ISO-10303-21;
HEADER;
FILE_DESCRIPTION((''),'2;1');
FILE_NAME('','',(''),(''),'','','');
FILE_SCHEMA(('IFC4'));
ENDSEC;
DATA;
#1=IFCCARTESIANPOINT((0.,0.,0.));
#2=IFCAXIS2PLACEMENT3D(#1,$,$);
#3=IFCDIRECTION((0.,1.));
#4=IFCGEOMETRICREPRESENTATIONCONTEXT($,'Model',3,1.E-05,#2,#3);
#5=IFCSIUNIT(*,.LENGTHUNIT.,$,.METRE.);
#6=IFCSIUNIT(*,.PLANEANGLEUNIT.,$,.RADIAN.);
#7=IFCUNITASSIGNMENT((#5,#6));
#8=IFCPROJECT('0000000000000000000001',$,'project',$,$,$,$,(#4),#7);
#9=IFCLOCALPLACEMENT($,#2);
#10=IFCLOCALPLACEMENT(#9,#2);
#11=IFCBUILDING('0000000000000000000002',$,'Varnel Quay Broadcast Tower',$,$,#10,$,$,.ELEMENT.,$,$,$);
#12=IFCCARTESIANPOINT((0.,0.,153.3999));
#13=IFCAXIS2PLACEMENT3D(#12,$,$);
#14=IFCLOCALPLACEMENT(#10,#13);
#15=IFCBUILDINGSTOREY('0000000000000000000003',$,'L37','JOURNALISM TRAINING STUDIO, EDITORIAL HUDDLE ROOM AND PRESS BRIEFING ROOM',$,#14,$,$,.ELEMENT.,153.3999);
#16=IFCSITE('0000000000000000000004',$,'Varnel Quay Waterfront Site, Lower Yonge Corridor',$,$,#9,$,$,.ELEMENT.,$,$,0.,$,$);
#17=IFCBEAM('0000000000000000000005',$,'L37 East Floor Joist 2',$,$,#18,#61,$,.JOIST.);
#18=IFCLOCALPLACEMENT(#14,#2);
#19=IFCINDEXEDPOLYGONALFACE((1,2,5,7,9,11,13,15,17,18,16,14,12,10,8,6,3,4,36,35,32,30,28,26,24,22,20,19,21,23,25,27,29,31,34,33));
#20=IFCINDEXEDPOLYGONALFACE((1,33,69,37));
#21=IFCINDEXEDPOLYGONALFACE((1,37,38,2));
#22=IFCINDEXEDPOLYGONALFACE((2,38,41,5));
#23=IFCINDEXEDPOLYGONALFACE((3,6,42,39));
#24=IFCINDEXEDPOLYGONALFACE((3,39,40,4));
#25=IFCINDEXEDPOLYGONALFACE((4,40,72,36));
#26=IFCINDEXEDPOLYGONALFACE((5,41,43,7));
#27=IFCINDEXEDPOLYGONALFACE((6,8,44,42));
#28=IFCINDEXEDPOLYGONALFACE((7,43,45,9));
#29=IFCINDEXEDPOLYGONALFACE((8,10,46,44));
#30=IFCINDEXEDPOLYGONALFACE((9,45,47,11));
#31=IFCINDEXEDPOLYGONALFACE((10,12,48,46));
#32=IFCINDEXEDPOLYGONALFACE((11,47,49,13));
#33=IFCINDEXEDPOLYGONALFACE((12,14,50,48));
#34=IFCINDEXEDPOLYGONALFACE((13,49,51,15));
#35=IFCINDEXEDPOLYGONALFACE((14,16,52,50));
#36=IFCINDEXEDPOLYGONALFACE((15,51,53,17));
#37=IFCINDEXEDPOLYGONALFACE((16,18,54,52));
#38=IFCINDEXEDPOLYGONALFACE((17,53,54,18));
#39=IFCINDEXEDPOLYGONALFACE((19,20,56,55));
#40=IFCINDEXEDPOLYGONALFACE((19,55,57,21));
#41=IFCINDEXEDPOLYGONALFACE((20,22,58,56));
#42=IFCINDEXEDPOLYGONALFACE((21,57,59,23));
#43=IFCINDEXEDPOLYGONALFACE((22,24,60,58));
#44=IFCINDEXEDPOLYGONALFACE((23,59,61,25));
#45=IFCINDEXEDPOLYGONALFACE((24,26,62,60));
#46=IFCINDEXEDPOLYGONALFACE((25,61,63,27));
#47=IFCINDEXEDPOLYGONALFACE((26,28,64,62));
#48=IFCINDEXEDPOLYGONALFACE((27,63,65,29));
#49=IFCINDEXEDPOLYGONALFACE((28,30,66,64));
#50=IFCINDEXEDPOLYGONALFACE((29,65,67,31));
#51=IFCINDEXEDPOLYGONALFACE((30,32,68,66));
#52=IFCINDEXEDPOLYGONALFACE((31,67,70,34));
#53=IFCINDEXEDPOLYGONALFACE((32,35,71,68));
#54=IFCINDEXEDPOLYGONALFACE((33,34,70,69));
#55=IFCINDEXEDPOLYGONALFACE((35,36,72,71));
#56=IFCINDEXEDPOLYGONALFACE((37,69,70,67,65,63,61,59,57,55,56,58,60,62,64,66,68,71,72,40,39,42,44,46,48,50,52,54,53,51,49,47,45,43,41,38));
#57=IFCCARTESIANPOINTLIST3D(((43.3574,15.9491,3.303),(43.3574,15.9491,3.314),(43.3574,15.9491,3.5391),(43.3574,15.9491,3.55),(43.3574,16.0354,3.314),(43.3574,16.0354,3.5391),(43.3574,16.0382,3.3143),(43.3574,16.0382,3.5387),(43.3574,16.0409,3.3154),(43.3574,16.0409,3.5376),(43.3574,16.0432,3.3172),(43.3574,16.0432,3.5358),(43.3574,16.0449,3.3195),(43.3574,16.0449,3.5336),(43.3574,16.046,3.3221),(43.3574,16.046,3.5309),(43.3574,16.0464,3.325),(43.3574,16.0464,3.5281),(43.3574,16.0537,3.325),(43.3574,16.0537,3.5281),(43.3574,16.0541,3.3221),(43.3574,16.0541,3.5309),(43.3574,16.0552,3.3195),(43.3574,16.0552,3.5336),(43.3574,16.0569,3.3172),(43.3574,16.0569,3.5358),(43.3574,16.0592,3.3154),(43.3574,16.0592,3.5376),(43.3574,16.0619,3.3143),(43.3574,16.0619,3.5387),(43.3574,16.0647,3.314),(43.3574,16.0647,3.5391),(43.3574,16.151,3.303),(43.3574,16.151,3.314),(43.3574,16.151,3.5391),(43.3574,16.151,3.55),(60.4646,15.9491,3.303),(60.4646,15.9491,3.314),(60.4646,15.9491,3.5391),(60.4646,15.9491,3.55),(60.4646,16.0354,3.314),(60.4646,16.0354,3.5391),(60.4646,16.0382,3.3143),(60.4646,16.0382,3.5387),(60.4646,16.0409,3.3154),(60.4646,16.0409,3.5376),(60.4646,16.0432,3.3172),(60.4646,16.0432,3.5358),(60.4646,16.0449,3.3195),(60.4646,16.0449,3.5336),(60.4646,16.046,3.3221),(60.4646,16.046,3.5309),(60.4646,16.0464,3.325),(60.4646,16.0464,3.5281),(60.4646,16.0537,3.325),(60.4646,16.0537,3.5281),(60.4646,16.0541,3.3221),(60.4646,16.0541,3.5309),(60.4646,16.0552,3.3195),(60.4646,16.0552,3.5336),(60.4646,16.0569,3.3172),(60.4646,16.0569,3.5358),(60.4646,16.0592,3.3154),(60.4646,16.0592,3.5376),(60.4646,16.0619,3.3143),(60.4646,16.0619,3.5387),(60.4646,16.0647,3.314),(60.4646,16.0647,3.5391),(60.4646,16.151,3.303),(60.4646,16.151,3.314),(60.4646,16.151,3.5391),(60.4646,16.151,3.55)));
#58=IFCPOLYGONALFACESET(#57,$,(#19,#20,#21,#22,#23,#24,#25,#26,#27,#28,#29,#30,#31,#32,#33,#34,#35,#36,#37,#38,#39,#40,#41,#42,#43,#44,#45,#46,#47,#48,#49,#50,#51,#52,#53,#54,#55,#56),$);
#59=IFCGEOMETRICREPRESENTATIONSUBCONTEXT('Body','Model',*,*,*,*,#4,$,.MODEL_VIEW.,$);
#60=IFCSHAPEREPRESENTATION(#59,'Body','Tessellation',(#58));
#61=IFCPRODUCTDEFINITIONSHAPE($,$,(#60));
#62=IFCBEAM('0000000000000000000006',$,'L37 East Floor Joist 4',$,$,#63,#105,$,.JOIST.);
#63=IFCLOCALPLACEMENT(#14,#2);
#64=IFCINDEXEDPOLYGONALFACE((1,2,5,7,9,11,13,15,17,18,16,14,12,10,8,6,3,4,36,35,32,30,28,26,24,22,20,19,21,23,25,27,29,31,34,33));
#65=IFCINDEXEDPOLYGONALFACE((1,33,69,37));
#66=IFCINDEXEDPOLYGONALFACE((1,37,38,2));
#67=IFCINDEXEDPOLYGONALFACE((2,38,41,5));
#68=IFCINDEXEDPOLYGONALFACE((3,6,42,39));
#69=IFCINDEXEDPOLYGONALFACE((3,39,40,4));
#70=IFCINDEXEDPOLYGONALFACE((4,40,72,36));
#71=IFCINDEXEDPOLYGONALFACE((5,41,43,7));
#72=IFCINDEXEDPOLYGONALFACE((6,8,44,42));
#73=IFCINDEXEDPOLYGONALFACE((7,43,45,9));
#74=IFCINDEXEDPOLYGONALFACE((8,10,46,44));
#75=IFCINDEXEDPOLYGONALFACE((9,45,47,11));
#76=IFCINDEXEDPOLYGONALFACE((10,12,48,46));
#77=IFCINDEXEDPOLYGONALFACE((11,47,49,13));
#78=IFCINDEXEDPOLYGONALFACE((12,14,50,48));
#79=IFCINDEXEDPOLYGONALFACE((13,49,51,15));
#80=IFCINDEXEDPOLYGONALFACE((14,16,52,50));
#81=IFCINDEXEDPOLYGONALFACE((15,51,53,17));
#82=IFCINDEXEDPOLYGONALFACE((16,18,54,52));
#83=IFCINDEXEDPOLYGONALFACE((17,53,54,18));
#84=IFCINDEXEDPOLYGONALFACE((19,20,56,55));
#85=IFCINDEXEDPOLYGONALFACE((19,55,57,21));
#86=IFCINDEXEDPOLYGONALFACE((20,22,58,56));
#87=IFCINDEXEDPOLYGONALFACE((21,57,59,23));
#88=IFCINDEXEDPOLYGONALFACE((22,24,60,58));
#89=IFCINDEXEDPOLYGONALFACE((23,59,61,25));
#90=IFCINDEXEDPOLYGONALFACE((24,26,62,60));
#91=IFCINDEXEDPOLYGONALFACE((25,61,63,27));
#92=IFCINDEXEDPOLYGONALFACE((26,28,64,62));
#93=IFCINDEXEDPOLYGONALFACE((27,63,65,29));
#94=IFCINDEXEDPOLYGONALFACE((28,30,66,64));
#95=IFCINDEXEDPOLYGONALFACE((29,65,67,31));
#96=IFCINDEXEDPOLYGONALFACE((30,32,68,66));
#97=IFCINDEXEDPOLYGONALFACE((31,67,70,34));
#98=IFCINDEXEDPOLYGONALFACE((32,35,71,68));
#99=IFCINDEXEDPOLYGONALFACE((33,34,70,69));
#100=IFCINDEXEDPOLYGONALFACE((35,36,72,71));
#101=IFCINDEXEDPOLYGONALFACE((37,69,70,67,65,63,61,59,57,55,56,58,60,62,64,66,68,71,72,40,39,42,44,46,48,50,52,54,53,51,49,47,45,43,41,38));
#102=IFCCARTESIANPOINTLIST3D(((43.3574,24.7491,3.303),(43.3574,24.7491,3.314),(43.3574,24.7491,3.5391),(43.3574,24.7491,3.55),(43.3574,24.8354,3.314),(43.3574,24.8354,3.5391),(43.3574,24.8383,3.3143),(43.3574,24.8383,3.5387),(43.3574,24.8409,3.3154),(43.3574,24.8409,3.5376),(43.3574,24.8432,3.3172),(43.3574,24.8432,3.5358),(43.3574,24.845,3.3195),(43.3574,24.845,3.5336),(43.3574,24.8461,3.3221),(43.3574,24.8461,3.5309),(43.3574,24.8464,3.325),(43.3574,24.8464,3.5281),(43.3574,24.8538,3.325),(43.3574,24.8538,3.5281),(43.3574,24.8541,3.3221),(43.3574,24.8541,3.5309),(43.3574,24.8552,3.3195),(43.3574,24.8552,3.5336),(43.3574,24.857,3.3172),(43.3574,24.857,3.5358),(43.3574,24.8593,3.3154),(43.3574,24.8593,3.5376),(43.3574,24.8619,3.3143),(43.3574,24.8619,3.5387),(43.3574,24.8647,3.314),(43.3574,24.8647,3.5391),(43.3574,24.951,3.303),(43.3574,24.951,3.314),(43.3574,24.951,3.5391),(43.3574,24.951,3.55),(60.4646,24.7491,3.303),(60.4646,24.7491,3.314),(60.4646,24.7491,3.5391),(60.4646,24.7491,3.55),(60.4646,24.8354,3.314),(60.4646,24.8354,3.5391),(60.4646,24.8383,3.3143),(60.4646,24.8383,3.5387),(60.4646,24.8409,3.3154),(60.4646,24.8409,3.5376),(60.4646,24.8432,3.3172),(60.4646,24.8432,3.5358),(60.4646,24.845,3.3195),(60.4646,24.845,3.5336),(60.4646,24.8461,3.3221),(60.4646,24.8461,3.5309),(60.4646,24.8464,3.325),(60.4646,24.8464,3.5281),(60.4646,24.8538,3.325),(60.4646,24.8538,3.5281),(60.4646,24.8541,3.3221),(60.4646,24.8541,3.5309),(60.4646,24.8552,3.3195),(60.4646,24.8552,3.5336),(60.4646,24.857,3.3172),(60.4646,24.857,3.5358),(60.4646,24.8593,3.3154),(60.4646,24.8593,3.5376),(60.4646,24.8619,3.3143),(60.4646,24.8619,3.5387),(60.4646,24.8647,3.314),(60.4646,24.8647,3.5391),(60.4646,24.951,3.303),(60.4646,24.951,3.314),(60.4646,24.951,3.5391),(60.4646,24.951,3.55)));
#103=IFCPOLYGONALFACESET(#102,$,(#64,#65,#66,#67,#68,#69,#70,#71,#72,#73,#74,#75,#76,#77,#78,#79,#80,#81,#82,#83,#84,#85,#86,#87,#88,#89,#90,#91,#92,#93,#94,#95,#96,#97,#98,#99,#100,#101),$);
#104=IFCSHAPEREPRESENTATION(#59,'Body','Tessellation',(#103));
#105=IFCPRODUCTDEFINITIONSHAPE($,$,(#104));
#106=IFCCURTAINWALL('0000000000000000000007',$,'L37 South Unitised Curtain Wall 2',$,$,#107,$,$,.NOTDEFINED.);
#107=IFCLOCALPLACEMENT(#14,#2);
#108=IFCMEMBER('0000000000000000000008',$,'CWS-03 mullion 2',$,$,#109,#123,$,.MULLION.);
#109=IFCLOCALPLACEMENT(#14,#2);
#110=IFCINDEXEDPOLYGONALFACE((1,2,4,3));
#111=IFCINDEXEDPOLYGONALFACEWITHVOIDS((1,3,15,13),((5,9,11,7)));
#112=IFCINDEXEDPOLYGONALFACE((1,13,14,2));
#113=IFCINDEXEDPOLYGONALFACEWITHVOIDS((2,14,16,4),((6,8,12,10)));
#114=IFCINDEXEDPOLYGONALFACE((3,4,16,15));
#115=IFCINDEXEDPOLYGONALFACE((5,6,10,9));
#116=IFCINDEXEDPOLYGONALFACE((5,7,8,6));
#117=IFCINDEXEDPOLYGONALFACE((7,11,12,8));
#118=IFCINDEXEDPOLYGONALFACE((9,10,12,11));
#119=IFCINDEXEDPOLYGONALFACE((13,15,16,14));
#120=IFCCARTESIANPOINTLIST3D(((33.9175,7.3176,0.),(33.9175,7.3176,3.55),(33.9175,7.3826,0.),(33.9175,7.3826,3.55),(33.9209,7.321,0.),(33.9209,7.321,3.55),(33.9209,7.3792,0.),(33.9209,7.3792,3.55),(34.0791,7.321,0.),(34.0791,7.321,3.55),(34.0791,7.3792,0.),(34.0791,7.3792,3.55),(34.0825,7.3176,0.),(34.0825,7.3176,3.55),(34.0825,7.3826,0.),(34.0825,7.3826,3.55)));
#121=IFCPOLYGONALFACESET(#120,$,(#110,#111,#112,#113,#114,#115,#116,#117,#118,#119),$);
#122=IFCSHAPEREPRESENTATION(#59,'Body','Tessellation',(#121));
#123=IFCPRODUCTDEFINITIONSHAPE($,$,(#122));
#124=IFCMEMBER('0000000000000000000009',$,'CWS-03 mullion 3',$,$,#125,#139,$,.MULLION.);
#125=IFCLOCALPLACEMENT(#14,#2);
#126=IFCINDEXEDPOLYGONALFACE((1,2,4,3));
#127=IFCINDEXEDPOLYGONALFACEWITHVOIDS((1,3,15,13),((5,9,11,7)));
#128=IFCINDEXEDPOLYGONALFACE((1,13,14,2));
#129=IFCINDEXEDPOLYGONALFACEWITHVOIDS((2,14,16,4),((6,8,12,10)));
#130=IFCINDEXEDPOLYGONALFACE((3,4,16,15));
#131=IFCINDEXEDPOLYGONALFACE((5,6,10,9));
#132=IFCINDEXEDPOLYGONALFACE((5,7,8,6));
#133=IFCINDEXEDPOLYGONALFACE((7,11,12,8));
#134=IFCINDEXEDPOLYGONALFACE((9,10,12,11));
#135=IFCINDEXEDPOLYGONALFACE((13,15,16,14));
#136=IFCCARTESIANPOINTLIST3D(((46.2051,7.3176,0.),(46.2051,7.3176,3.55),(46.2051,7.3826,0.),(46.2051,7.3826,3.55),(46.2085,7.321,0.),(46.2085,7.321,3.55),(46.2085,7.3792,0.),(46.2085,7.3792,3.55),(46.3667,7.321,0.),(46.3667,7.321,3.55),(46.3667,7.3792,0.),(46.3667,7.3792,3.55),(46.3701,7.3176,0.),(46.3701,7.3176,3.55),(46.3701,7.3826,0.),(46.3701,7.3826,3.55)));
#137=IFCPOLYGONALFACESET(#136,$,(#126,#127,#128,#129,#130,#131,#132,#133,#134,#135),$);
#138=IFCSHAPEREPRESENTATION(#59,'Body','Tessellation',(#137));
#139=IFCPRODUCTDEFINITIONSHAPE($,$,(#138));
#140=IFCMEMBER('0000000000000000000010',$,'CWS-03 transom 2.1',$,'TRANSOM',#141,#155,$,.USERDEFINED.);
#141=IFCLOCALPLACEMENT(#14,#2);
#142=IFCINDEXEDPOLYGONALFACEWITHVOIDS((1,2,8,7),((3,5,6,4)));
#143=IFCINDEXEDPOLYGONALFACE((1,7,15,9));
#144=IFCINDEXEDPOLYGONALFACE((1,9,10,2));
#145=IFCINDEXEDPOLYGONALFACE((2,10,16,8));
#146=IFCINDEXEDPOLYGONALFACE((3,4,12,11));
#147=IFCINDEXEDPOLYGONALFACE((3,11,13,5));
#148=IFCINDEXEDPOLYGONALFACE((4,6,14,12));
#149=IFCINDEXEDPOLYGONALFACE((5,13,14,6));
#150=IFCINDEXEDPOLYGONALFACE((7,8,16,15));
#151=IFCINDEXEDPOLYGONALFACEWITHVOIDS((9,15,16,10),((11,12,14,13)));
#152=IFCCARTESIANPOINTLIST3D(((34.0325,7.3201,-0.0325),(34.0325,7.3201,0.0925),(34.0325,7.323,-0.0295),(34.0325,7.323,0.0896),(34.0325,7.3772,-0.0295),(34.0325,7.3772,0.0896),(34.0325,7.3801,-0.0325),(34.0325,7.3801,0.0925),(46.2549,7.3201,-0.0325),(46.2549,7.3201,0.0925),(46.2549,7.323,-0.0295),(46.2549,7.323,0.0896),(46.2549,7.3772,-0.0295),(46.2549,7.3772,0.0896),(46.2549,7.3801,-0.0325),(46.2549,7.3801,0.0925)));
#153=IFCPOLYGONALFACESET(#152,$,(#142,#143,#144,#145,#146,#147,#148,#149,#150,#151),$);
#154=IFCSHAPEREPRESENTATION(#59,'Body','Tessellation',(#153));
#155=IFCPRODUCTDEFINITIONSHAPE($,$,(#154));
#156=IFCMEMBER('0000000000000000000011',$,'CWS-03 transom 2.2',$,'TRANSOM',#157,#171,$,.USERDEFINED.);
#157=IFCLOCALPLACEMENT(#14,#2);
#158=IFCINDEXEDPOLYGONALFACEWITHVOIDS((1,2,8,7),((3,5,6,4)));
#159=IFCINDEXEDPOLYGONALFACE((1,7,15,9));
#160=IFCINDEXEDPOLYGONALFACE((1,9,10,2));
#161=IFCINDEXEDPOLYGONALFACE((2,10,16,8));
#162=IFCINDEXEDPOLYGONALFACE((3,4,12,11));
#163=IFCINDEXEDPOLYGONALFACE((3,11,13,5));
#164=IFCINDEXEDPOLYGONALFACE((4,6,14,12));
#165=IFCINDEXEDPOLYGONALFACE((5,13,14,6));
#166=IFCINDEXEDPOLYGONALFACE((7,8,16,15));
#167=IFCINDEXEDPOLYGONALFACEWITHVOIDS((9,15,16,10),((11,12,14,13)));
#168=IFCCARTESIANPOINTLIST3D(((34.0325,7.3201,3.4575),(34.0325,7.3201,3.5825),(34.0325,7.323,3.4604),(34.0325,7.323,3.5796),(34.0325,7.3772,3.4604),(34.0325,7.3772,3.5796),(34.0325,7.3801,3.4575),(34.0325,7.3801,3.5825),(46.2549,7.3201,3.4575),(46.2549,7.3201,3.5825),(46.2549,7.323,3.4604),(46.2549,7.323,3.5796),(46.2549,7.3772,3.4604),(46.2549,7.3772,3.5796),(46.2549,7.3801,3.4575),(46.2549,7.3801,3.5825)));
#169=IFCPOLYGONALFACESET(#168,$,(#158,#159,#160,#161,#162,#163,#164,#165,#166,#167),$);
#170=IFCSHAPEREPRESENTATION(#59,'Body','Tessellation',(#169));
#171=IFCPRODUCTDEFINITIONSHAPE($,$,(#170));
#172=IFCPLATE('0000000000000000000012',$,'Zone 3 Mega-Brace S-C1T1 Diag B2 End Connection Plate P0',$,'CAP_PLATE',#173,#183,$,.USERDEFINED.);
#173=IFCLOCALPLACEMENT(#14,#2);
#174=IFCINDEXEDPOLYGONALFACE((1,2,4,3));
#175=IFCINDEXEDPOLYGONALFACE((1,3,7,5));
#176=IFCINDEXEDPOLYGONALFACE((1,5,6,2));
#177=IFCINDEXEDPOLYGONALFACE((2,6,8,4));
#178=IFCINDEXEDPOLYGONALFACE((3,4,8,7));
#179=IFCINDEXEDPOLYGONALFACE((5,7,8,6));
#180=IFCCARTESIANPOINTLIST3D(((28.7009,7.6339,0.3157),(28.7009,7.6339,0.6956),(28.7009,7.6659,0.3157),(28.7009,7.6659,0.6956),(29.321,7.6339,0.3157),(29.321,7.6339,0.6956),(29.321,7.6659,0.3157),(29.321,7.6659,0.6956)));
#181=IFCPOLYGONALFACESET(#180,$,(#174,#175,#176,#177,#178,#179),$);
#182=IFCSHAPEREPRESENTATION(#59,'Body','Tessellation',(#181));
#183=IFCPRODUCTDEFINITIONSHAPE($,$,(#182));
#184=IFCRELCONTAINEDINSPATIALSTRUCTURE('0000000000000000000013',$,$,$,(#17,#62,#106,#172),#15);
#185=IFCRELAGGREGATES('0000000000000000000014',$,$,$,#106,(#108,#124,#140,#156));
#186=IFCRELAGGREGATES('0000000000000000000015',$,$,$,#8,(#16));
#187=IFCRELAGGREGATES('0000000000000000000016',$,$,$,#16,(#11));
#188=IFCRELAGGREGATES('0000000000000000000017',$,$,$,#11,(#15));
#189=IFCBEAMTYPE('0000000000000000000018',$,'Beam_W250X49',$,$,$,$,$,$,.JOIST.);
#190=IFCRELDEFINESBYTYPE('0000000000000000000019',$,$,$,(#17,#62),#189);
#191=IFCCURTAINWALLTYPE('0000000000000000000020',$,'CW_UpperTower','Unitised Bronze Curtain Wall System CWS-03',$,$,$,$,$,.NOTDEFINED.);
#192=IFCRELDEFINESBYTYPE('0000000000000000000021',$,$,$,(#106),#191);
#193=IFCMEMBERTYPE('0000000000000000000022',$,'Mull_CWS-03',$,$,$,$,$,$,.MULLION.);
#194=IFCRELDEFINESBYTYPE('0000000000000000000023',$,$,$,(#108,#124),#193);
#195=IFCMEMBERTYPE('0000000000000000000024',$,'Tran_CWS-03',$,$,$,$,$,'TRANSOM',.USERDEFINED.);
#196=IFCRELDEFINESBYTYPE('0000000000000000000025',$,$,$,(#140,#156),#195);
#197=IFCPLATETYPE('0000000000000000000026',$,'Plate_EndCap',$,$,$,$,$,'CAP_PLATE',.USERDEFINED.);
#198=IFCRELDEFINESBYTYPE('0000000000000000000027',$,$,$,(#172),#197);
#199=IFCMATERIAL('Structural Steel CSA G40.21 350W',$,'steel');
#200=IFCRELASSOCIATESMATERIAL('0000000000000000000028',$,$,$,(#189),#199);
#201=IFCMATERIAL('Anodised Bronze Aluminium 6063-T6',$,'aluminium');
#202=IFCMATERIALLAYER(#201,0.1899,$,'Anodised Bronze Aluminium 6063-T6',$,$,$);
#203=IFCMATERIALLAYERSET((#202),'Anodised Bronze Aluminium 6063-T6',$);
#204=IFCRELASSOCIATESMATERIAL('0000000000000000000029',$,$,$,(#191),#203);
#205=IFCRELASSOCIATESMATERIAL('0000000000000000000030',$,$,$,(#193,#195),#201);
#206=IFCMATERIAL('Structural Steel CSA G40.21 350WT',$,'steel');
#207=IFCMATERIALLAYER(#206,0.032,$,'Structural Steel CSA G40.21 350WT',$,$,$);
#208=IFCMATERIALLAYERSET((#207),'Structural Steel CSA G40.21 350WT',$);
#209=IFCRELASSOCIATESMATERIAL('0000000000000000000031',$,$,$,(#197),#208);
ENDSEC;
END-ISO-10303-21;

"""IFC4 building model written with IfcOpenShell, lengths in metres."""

from ifc_helpers import new_model, si_unit, direction, frame, origin, origin_2d, place, context, subcontext, project, spatial, rectangle, hollow_rectangle, i_section, extrude, source, transform, mapped, material, layer, layer_set, material_profile, profile_set, type_object, type_shapes, element, aggregate, save


model = new_model("IFC4")

# Units and contexts
model_context = context("Model", 3, precision=1e-05, world=origin(), true_north=direction((0.0, 1.0)))
body_context = subcontext(model_context, "Body", "Model", "MODEL_VIEW")
ifc_project = project(units=[si_unit("LENGTHUNIT", "METRE"), si_unit("PLANEANGLEUNIT", "RADIAN")], contexts=[model_context])

# Site, building, storey
site_placement = place(None, origin())
site = spatial("IfcSite", under=ifc_project, at=site_placement, Name="Varnel Quay Waterfront Site, Lower Yonge Corridor", CompositionType="ELEMENT", RefElevation=0.0)
building_placement = place(site_placement, origin())
building = spatial("IfcBuilding", under=site, at=building_placement, Name="Varnel Quay Broadcast Tower", CompositionType="ELEMENT")
storey_placement = place(building_placement, frame((0.0, 0.0, 153.3999)))
storey = spatial("IfcBuildingStorey", under=building, at=storey_placement, Name="L37", Description="JOURNALISM TRAINING STUDIO, EDITORIAL HUDDLE ROOM AND PRESS BRIEFING ROOM", CompositionType="ELEMENT", Elevation=153.3999)

# Shared definitions
ifc_material_1 = material(Name="Structural Steel CSA G40.21 350W", Category="steel")

# Beams
ifc_material_profile_1 = material_profile(ifc_material_1, i_section(OverallWidth=0.2019, OverallDepth=0.2471, WebThickness=0.0073, FlangeThickness=0.011, FilletRadius=0.011, at=origin_2d()), Name="W250X49")
ifc_profile_set_1 = profile_set([ifc_material_profile_1], Name="Structural Steel CSA G40.21 350W")
beam_type_1 = type_object("IfcBeamType", Name="Beam_W250X49", PredefinedType="JOIST", material=ifc_profile_set_1)
shared_shape_1 = source(origin(), body_context, "Body", "SweptSolid", [
    extrude(i_section(OverallWidth=0.2019, OverallDepth=0.2471, WebThickness=0.0073, FlangeThickness=0.011, FilletRadius=0.011, at=origin_2d()), origin(), (0.0, 0.0, 1.0), 17.1072),
])
type_shapes(beam_type_1, [shared_shape_1])
for number, where, z_axis, x_axis, name in (
    (1, (43.3574, 16.05, 3.4265), (1.0, 0.0, 0.0), (0.0, 1.0, 0.0), "L37 East Floor Joist 2"),
    (2, (43.3574, 24.8501, 3.4265), (1.0, 0.0, 0.0), (0.0, 1.0, 0.0), "L37 East Floor Joist 4"),
):
    element("IfcBeam", number, at=place(storey_placement, frame(where, z_axis=z_axis, x_axis=x_axis)), inside=storey, type_object=beam_type_1, Name=name, PredefinedType="JOIST", context=body_context, shape_type="MappedRepresentation", body=[
        mapped(shared_shape_1, transform((0.0, 0.0, 0.0), x_axis=(1.0, 0.0, 0.0), y_axis=(0.0, 1.0, 0.0), z_axis=(0.0, 0.0, 1.0), scale=1.0)),
    ])

# Curtain wall, members
ifc_material_2 = material(Name="Anodised Bronze Aluminium 6063-T6", Category="aluminium")
ifc_layer_1 = layer(ifc_material_2, 0.1899, Name="Anodised Bronze Aluminium 6063-T6")
ifc_layer_set_1 = layer_set([ifc_layer_1], Name="Anodised Bronze Aluminium 6063-T6")
curtain_wall_type = type_object("IfcCurtainWallType", Name="CW_UpperTower", Description="Unitised Bronze Curtain Wall System CWS-03", PredefinedType="NOTDEFINED", material=ifc_layer_set_1)
curtain_wall_placement = place(storey_placement, origin())
curtain_wall = element("IfcCurtainWall", 3, at=curtain_wall_placement, inside=storey, type_object=curtain_wall_type, Name="L37 South Unitised Curtain Wall 2", PredefinedType="NOTDEFINED")
ifc_material_profile_2 = material_profile(ifc_material_2, hollow_rectangle(XDim=0.0649, YDim=0.165, WallThickness=0.0034, at=origin_2d()), Name="ALU65X165X3.5")
ifc_profile_set_2 = profile_set([ifc_material_profile_2], Name="Anodised Bronze Aluminium 6063-T6")
member_type_1 = type_object("IfcMemberType", Name="Mull_CWS-03", PredefinedType="MULLION", material=ifc_profile_set_2)
shared_shape_2 = source(origin(), body_context, "Body", "SweptSolid", [
    extrude(hollow_rectangle(XDim=0.0649, YDim=0.165, WallThickness=0.0034, at=origin_2d()), origin(), (0.0, 0.0, 1.0), 3.55),
])
type_shapes(member_type_1, [shared_shape_2])
member_1_placement = place(storey_placement, frame((34.0, 7.3501, 0.0), z_axis=(0.0, 0.0, 1.0), x_axis=(0.0, 1.0, 0.0)))
member_1 = element("IfcMember", 4, at=member_1_placement, type_object=member_type_1, Name="CWS-03 mullion 2", PredefinedType="MULLION", context=body_context, shape_type="MappedRepresentation", body=[
    mapped(shared_shape_2, transform((0.0, 0.0, 0.0), x_axis=(1.0, 0.0, 0.0), y_axis=(0.0, 1.0, 0.0), z_axis=(0.0, 0.0, 1.0), scale=1.0)),
])
member_2_placement = place(storey_placement, frame((46.2876, 7.3501, 0.0), z_axis=(0.0, 0.0, 1.0), x_axis=(0.0, 1.0, 0.0)))
member_2 = element("IfcMember", 5, at=member_2_placement, type_object=member_type_1, Name="CWS-03 mullion 3", PredefinedType="MULLION", context=body_context, shape_type="MappedRepresentation", body=[
    mapped(shared_shape_2, transform((0.0, 0.0, 0.0), x_axis=(1.0, 0.0, 0.0), y_axis=(0.0, 1.0, 0.0), z_axis=(0.0, 0.0, 1.0), scale=1.0)),
])
ifc_material_profile_3 = material_profile(ifc_material_2, hollow_rectangle(XDim=0.0601, YDim=0.125, WallThickness=0.0029, at=origin_2d()), Name="ALU60X125X3")
ifc_profile_set_3 = profile_set([ifc_material_profile_3], Name="Anodised Bronze Aluminium 6063-T6")
member_type_2 = type_object("IfcMemberType", Name="Tran_CWS-03", ElementType="TRANSOM", PredefinedType="USERDEFINED", material=ifc_profile_set_3)
shared_shape_3 = source(origin(), body_context, "Body", "SweptSolid", [
    extrude(hollow_rectangle(XDim=0.0601, YDim=0.125, WallThickness=0.0029, at=origin_2d()), origin(), (0.0, 0.0, 1.0), 12.2224),
])
type_shapes(member_type_2, [shared_shape_3])
member_3_placement = place(storey_placement, frame((34.0325, 7.3501, 0.03), z_axis=(1.0, 0.0, 0.0), x_axis=(0.0, 1.0, 0.0)))
member_3 = element("IfcMember", 6, at=member_3_placement, type_object=member_type_2, Name="CWS-03 transom 2.1", ObjectType="TRANSOM", PredefinedType="USERDEFINED", context=body_context, shape_type="MappedRepresentation", body=[
    mapped(shared_shape_3, transform((0.0, 0.0, 0.0), x_axis=(1.0, 0.0, 0.0), y_axis=(0.0, 1.0, 0.0), z_axis=(0.0, 0.0, 1.0), scale=1.0)),
])
member_4_placement = place(storey_placement, frame((34.0325, 7.3501, 3.52), z_axis=(1.0, 0.0, 0.0), x_axis=(0.0, 1.0, 0.0)))
member_4 = element("IfcMember", 7, at=member_4_placement, type_object=member_type_2, Name="CWS-03 transom 2.2", ObjectType="TRANSOM", PredefinedType="USERDEFINED", context=body_context, shape_type="MappedRepresentation", body=[
    mapped(shared_shape_3, transform((0.0, 0.0, 0.0), x_axis=(1.0, 0.0, 0.0), y_axis=(0.0, 1.0, 0.0), z_axis=(0.0, 0.0, 1.0), scale=1.0)),
])

# Plate
ifc_material_3 = material(Name="Structural Steel CSA G40.21 350WT", Category="steel")
ifc_layer_2 = layer(ifc_material_3, 0.032, Name="Structural Steel CSA G40.21 350WT")
ifc_layer_set_2 = layer_set([ifc_layer_2], Name="Structural Steel CSA G40.21 350WT")
plate_type_1 = type_object("IfcPlateType", Name="Plate_EndCap", ElementType="CAP_PLATE", PredefinedType="USERDEFINED", material=ifc_layer_set_2)
shared_shape_4 = source(origin(), body_context, "Body", "SweptSolid", [
    extrude(rectangle(XDim=0.6201, YDim=0.032, at=origin_2d()), origin(), (0.0, 0.0, 1.0), 0.3799),
])
type_shapes(plate_type_1, [shared_shape_4])
for number, where, z_axis, x_axis, name in (
    (8, (29.011, 7.6499, 0.3157), (0.0, 0.0, 1.0), (1.0, 0.0, 0.0), "Zone 3 Mega-Brace S-C1T1 Diag B2 End Connection Plate P0"),
):
    element("IfcPlate", number, at=place(storey_placement, frame(where, z_axis=z_axis, x_axis=x_axis)), inside=storey, type_object=plate_type_1, Name=name, ObjectType="CAP_PLATE", PredefinedType="USERDEFINED", context=body_context, shape_type="MappedRepresentation", body=[
        mapped(shared_shape_4, transform((0.0, 0.0, 0.0), x_axis=(1.0, 0.0, 0.0), y_axis=(0.0, 1.0, 0.0), z_axis=(0.0, 0.0, 1.0), scale=1.0)),
    ])

aggregate(curtain_wall, [member_1, member_2, member_3, member_4])

save(model, "model.ifc")
